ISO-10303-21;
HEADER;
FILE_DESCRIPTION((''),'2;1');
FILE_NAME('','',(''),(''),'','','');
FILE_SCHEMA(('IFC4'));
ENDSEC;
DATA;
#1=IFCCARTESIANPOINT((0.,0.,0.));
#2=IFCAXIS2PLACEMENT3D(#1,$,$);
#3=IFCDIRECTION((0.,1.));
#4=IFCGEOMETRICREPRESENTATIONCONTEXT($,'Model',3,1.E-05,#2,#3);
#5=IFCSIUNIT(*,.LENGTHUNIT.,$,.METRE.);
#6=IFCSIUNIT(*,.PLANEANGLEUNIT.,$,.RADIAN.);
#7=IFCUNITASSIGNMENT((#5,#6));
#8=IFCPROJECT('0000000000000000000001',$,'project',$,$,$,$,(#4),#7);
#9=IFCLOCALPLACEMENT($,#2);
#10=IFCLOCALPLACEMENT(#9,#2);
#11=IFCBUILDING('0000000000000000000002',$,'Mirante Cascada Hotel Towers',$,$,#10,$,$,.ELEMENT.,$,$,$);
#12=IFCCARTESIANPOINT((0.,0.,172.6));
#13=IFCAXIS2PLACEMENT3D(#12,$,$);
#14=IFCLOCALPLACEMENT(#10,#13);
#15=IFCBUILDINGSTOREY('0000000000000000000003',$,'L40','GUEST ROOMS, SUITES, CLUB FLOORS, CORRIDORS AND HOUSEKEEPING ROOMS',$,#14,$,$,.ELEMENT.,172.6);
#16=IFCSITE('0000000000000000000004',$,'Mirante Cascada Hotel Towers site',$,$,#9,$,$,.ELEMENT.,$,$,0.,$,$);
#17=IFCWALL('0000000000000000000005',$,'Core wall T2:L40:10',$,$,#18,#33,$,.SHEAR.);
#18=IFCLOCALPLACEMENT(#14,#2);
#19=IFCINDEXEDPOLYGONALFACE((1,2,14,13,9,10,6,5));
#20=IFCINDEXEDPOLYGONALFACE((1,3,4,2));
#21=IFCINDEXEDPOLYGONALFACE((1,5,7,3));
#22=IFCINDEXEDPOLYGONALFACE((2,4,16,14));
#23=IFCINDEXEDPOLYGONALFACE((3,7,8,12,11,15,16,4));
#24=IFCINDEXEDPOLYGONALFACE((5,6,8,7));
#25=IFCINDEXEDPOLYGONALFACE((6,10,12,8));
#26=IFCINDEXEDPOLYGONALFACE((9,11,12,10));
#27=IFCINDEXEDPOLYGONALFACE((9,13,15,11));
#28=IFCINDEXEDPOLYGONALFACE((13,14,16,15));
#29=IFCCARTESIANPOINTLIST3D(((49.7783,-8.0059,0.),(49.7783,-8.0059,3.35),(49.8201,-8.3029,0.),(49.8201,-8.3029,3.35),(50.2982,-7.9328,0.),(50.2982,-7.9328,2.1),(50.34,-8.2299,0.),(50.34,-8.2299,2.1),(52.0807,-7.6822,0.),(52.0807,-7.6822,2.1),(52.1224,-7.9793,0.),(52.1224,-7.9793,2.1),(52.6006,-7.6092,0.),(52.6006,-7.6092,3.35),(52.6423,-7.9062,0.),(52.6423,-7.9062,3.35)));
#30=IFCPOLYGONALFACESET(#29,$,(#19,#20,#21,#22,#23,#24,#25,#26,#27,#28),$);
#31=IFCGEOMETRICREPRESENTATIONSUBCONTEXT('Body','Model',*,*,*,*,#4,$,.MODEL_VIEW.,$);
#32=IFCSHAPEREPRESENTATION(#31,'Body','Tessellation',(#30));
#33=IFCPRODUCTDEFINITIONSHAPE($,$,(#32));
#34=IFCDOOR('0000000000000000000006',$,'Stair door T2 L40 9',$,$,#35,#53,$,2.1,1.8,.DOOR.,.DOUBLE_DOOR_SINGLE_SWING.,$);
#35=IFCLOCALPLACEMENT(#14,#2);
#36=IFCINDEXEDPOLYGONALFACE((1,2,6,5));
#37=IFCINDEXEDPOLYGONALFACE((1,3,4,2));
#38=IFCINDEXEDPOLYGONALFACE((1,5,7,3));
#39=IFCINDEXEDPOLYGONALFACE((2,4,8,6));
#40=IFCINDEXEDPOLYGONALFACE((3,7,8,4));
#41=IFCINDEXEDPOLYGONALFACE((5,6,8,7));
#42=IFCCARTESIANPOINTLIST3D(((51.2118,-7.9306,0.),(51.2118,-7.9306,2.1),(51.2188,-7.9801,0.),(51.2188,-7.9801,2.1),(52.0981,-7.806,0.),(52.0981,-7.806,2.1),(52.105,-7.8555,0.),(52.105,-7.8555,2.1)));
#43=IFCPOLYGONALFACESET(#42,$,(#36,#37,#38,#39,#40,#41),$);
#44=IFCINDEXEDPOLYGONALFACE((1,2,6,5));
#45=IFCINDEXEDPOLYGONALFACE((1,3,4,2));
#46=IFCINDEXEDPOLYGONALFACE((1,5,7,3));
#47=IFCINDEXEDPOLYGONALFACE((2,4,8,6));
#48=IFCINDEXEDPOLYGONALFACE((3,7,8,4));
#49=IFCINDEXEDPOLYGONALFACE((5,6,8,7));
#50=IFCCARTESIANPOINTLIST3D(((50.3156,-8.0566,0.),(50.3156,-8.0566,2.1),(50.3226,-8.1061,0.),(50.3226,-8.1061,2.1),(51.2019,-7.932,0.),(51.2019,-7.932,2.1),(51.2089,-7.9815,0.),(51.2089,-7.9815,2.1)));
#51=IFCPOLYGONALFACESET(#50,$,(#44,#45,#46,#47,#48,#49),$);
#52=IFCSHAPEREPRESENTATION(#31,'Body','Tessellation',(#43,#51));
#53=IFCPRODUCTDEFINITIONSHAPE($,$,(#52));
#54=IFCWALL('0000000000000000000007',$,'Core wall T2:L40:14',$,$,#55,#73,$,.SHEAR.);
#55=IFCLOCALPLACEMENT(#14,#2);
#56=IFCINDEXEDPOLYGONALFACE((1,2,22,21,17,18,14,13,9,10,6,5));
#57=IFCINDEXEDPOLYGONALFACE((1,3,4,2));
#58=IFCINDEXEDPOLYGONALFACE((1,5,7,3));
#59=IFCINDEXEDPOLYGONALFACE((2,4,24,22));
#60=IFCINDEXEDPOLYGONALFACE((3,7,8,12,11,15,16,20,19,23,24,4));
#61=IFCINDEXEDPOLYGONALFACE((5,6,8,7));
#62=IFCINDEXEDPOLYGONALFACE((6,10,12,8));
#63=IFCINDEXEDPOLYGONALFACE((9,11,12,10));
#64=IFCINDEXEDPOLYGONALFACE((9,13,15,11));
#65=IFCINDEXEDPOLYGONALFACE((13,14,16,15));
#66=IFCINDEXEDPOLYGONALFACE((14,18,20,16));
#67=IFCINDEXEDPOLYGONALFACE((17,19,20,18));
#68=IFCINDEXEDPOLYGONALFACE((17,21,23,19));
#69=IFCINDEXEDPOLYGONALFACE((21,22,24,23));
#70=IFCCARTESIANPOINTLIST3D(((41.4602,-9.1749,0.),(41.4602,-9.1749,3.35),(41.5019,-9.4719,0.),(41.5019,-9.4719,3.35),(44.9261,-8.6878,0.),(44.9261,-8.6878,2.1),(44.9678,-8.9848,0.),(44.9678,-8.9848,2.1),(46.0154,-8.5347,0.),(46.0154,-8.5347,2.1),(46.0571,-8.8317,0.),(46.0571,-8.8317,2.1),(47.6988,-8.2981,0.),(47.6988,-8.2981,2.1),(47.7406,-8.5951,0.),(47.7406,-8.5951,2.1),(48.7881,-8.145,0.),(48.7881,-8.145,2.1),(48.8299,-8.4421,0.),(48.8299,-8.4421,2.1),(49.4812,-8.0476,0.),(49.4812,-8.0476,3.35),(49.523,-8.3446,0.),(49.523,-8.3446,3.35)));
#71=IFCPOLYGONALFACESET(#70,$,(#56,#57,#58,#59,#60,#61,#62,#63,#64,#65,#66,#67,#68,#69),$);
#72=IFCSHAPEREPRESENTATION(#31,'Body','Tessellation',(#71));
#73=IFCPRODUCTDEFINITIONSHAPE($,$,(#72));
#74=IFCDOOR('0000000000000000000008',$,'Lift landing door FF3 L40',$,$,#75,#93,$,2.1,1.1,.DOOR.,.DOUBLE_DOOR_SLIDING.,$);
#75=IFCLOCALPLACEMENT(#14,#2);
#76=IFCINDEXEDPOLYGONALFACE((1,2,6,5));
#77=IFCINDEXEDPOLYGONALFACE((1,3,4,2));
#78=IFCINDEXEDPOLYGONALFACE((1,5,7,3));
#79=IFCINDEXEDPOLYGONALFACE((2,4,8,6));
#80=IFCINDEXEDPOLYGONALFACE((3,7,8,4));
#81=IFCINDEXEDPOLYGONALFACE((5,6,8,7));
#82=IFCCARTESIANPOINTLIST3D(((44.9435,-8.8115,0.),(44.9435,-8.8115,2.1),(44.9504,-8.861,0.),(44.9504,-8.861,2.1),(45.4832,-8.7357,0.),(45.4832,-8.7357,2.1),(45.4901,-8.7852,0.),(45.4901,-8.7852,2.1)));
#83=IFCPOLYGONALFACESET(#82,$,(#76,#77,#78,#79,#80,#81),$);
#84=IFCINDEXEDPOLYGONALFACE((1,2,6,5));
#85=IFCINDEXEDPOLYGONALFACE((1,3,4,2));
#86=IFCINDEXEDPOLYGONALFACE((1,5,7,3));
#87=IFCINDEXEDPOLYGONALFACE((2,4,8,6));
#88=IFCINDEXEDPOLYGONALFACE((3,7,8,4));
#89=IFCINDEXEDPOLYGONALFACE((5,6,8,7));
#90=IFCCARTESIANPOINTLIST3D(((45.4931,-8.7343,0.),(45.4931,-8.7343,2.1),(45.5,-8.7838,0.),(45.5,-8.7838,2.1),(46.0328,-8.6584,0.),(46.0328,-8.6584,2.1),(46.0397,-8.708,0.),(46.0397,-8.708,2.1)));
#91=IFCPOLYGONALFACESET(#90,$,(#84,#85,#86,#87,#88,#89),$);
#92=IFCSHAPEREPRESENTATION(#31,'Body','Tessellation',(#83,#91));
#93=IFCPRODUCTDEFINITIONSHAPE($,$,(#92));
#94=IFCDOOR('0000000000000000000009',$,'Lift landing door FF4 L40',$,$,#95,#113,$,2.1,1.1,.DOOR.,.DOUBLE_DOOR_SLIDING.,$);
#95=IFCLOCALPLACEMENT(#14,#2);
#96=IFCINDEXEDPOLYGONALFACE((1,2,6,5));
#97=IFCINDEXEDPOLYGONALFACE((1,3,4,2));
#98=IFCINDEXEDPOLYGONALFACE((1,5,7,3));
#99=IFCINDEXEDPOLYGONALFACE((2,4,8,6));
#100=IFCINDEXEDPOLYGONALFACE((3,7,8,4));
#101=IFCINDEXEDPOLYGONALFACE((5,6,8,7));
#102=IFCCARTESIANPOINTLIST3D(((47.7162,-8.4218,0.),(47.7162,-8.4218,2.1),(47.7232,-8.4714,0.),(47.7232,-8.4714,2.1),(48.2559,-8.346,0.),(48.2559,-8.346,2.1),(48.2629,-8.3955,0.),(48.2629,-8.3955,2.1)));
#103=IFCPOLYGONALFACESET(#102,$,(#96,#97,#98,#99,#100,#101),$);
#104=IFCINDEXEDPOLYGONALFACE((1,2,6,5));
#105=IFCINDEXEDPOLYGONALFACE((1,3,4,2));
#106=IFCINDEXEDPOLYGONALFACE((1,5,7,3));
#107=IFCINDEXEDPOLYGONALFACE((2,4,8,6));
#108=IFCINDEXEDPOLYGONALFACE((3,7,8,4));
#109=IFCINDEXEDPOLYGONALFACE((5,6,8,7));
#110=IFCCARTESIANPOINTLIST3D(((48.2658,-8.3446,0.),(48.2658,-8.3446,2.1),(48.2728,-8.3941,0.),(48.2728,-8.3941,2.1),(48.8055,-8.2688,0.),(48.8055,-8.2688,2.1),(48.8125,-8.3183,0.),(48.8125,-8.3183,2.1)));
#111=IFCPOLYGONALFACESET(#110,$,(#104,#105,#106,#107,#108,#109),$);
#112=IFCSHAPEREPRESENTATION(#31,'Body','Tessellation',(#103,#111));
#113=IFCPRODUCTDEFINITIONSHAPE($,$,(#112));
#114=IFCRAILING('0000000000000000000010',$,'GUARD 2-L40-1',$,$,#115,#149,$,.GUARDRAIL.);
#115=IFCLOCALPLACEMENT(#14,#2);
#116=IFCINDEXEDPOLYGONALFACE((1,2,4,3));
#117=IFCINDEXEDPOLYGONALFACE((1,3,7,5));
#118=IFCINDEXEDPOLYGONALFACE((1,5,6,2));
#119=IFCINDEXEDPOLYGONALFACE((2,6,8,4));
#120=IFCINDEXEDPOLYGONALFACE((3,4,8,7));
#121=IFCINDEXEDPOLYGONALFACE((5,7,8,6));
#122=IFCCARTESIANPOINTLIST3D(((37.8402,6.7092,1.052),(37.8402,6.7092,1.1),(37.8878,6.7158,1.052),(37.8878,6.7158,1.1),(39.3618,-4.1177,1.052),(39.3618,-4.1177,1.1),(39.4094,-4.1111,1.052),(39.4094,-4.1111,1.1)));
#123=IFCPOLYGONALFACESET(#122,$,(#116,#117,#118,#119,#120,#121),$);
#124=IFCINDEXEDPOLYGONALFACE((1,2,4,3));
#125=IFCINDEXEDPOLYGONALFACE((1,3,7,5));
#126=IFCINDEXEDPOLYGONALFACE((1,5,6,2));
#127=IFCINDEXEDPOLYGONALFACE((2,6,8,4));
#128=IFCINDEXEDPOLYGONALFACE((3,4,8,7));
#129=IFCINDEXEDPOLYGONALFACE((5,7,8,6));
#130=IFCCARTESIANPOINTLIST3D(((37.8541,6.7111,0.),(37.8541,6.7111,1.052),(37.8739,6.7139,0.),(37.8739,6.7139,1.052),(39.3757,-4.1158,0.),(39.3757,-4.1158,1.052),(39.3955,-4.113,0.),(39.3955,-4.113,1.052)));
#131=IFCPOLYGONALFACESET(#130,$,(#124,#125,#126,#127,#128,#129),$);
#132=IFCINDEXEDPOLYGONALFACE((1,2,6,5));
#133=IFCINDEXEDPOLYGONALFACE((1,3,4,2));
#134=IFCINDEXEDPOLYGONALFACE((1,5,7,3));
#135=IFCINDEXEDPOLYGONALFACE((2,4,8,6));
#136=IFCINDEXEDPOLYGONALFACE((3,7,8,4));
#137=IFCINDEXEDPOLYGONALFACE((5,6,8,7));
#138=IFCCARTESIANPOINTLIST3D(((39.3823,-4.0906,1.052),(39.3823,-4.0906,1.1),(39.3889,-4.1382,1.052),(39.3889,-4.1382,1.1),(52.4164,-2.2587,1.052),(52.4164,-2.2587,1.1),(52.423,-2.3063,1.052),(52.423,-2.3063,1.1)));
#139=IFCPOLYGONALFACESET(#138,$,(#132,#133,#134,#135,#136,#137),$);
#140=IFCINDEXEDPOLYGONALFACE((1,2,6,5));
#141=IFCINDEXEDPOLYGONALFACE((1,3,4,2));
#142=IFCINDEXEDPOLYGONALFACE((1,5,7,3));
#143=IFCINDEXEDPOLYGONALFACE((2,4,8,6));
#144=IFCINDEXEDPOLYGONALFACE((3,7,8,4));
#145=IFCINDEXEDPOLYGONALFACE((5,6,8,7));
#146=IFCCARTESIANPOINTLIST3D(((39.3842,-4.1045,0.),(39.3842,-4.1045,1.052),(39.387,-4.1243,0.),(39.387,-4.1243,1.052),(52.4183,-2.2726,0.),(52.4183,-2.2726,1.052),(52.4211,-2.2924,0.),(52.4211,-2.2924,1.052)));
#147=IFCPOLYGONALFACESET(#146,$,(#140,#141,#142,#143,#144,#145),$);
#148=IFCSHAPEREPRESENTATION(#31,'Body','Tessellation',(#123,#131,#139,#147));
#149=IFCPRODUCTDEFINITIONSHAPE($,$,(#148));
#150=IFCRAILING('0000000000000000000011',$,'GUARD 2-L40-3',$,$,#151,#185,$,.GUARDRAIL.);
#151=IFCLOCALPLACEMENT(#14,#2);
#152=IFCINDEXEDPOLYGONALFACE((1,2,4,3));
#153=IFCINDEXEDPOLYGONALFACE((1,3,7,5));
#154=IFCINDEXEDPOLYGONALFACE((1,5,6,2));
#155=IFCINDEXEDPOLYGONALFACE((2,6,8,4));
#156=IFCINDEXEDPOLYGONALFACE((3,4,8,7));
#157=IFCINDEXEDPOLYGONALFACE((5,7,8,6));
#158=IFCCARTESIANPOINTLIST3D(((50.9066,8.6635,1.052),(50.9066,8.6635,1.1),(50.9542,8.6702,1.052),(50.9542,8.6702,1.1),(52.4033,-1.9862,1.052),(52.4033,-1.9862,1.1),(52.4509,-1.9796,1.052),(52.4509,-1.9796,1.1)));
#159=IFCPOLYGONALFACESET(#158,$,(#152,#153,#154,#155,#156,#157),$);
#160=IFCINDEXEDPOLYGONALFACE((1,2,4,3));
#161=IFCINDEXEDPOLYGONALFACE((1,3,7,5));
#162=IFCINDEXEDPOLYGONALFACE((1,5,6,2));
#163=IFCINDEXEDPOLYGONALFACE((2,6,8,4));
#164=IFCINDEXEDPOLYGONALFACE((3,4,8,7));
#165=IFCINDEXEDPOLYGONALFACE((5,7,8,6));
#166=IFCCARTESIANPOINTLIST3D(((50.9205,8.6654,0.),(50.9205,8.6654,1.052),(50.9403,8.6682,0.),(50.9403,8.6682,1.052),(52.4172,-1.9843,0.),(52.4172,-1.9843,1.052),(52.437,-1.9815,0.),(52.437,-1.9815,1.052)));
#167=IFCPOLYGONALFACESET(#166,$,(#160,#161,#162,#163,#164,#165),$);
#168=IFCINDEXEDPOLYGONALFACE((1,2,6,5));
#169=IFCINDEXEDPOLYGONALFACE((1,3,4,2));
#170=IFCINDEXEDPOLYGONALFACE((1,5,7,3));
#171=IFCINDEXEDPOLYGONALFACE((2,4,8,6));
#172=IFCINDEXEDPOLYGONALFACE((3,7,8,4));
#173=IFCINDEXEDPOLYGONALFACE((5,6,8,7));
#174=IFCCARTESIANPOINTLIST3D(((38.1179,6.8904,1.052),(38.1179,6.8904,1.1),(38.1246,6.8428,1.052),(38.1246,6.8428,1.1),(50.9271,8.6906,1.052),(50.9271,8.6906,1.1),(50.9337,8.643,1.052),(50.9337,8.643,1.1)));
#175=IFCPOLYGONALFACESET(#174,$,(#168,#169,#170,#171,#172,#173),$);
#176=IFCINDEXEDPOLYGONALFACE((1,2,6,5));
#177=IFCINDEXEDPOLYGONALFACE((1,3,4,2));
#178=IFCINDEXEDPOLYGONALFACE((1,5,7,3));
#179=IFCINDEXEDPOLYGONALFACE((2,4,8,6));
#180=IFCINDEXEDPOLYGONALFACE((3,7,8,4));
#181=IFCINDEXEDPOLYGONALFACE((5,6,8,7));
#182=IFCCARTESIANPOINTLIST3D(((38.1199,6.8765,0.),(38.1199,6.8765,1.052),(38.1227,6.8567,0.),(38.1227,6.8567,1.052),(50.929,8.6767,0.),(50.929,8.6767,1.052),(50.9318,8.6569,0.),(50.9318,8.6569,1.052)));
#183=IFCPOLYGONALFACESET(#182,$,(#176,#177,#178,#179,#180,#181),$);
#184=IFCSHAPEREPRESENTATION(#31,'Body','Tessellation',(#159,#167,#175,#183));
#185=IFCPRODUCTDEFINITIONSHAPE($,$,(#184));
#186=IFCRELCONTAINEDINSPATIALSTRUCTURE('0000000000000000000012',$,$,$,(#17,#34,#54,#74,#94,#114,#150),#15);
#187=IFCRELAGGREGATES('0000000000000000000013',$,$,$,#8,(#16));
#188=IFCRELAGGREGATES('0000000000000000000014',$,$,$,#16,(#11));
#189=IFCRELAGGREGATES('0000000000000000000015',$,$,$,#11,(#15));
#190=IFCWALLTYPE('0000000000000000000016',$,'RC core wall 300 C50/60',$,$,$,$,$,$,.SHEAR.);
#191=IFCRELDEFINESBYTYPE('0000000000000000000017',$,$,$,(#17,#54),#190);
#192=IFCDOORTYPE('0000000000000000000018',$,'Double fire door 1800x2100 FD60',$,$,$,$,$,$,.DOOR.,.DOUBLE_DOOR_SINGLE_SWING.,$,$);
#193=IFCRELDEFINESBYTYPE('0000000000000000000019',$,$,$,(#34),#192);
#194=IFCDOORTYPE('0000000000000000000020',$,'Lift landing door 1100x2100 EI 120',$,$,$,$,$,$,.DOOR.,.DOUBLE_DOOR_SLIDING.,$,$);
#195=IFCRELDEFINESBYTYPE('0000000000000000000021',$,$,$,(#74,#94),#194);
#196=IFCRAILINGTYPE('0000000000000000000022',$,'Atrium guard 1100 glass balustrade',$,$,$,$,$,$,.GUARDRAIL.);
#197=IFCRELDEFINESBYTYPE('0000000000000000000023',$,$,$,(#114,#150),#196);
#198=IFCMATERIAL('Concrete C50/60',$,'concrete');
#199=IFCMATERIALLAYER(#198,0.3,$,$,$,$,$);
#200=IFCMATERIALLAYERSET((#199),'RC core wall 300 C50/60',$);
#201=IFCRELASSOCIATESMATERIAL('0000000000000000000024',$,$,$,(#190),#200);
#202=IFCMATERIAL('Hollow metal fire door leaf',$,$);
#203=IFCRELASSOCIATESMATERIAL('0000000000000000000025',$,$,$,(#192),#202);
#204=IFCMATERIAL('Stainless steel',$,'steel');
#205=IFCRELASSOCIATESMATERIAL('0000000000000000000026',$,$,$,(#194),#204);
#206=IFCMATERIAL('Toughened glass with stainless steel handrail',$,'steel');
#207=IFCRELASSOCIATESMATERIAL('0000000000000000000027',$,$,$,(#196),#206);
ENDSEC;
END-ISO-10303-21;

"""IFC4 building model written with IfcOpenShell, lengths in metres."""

from ifc_helpers import new_model, si_unit, direction, frame, frame_2d, origin, origin_2d, place, context, subcontext, project, spatial, rectangle, extrude, material, layer, layer_set, type_object, element, fill, save


model = new_model("IFC4")

# Units and contexts
model_context = context("Model", 3, precision=1e-05, world=origin(), true_north=direction((0.0, 1.0)))
body_context = subcontext(model_context, "Body", "Model", "MODEL_VIEW")
ifc_project = project(units=[si_unit("LENGTHUNIT", "METRE"), si_unit("PLANEANGLEUNIT", "RADIAN")], contexts=[model_context])

# Site, building, storey
site_placement = place(None, origin())
site = spatial("IfcSite", under=ifc_project, at=site_placement, Name="Mirante Cascada Hotel Towers site", CompositionType="ELEMENT", RefElevation=0.0)
building_placement = place(site_placement, origin())
building = spatial("IfcBuilding", under=site, at=building_placement, Name="Mirante Cascada Hotel Towers", CompositionType="ELEMENT")
storey_placement = place(building_placement, frame((0.0, 0.0, 172.6)))
storey = spatial("IfcBuildingStorey", under=building, at=storey_placement, Name="L40", Description="GUEST ROOMS, SUITES, CLUB FLOORS, CORRIDORS AND HOUSEKEEPING ROOMS", CompositionType="ELEMENT", Elevation=172.6)

# Wall, opening, door
ifc_material_1 = material(Name="Concrete C50/60", Category="concrete")
ifc_layer_1 = layer(ifc_material_1, 0.3)
ifc_layer_set_1 = layer_set([ifc_layer_1], Name="RC core wall 300 C50/60")
wall_type_1 = type_object("IfcWallType", Name="RC core wall 300 C50/60", PredefinedType="SHEAR", material=ifc_layer_set_1)
wall_1_placement = place(storey_placement, frame((49.7992, -8.1544, 0.0), z_axis=(0.0, 0.0, 1.0), x_axis=(0.990266, 0.139191, 0.0)))
wall_1 = element("IfcWall", 1, at=wall_1_placement, inside=storey, type_object=wall_type_1, Name="Core wall T2:L40:10", PredefinedType="SHEAR", context=body_context, shape_type="SweptSolid", body=[
    extrude(rectangle(XDim=2.85, YDim=0.3, at=frame_2d((1.425, 0.0))), origin(), (0.0, 0.0, 1.0), 3.35),
])
opening_1_placement = place(wall_1_placement, frame((0.525, 0.0, 0.0)))
opening_1 = element("IfcOpeningElement", 2, at=opening_1_placement, cuts=wall_1, PredefinedType="OPENING", context=body_context, shape_type="SweptSolid", body=[
    extrude(rectangle(XDim=1.8, YDim=2.1, at=frame_2d((0.9, 1.05))), frame((0.0, 0.15, 0.0), z_axis=(0.0, -1.0, 0.0), x_axis=(1.0, 0.0, 0.0)), (0.0, 0.0, 1.0), 0.3),
])
ifc_material_2 = material(Name="Hollow metal fire door leaf")
door_type_1 = type_object("IfcDoorType", Name="Double fire door 1800x2100 FD60", OperationType="DOUBLE_DOOR_SINGLE_SWING", PredefinedType="DOOR", material=ifc_material_2)
door_1_placement = place(opening_1_placement, frame((1.8, 0.0, 0.0), z_axis=(0.0, 0.0, 1.0), x_axis=(-1.0, 0.0, 0.0)))
door_1 = element("IfcDoor", 3, at=door_1_placement, inside=storey, type_object=door_type_1, Name="Stair door T2 L40 9", OperationType="DOUBLE_DOOR_SINGLE_SWING", OverallHeight=2.1, OverallWidth=1.8, PredefinedType="DOOR", context=body_context, shape_type="SweptSolid", body=[
    extrude(rectangle(XDim=0.895, YDim=2.1, at=frame_2d((0.4475, 1.05))), frame((0.0, 0.025, 0.0), z_axis=(0.0, -1.0, 0.0), x_axis=(1.0, 0.0, 0.0)), (0.0, 0.0, 1.0), 0.05),
    extrude(rectangle(XDim=0.895, YDim=2.1, at=frame_2d((1.3525, 1.05))), frame((0.0, 0.025, 0.0), z_axis=(0.0, -1.0, 0.0), x_axis=(1.0, 0.0, 0.0)), (0.0, 0.0, 1.0), 0.05),
])
fill(opening_1, door_1)

# Wall, openings, doors
wall_2_placement = place(storey_placement, frame((41.481, -9.3234, 0.0), z_axis=(0.0, 0.0, 1.0), x_axis=(0.990268, 0.139174, 0.0)))
wall_2 = element("IfcWall", 4, at=wall_2_placement, inside=storey, type_object=wall_type_1, Name="Core wall T2:L40:14", PredefinedType="SHEAR", context=body_context, shape_type="SweptSolid", body=[
    extrude(rectangle(XDim=8.0999, YDim=0.3, at=frame_2d((4.05, 0.0))), origin(), (0.0, 0.0, 1.0), 3.35),
])
opening_2_placement = place(wall_2_placement, frame((3.5, 0.0, 0.0)))
opening_2 = element("IfcOpeningElement", 5, at=opening_2_placement, cuts=wall_2, PredefinedType="OPENING", context=body_context, shape_type="SweptSolid", body=[
    extrude(rectangle(XDim=1.1, YDim=2.1, at=frame_2d((0.55, 1.05))), frame((0.0, 0.15, 0.0), z_axis=(0.0, -1.0, 0.0), x_axis=(1.0, 0.0, 0.0)), (0.0, 0.0, 1.0), 0.3),
])
opening_3_placement = place(wall_2_placement, frame((6.3, 0.0, 0.0)))
opening_3 = element("IfcOpeningElement", 6, at=opening_3_placement, cuts=wall_2, PredefinedType="OPENING", context=body_context, shape_type="SweptSolid", body=[
    extrude(rectangle(XDim=1.1, YDim=2.1, at=frame_2d((0.55, 1.05))), frame((0.0, 0.15, 0.0), z_axis=(0.0, -1.0, 0.0), x_axis=(1.0, 0.0, 0.0)), (0.0, 0.0, 1.0), 0.3),
])
ifc_material_3 = material(Name="Stainless steel", Category="steel")
door_type_2 = type_object("IfcDoorType", Name="Lift landing door 1100x2100 EI 120", OperationType="DOUBLE_DOOR_SLIDING", PredefinedType="DOOR", material=ifc_material_3)
door_2_placement = place(opening_2_placement, origin())
door_2 = element("IfcDoor", 7, at=door_2_placement, inside=storey, type_object=door_type_2, Name="Lift landing door FF3 L40", OperationType="DOUBLE_DOOR_SLIDING", OverallHeight=2.1, OverallWidth=1.1, PredefinedType="DOOR", context=body_context, shape_type="SweptSolid", body=[
    extrude(rectangle(XDim=0.545, YDim=2.1, at=frame_2d((0.2725, 1.05))), frame((0.0, 0.025, 0.0), z_axis=(0.0, -1.0, 0.0), x_axis=(1.0, 0.0, 0.0)), (0.0, 0.0, 1.0), 0.05),
    extrude(rectangle(XDim=0.545, YDim=2.1, at=frame_2d((0.8275, 1.05))), frame((0.0, 0.025, 0.0), z_axis=(0.0, -1.0, 0.0), x_axis=(1.0, 0.0, 0.0)), (0.0, 0.0, 1.0), 0.05),
])
fill(opening_2, door_2)
door_3_placement = place(opening_3_placement, origin())
door_3 = element("IfcDoor", 8, at=door_3_placement, inside=storey, type_object=door_type_2, Name="Lift landing door FF4 L40", OperationType="DOUBLE_DOOR_SLIDING", OverallHeight=2.1, OverallWidth=1.1, PredefinedType="DOOR", context=body_context, shape_type="SweptSolid", body=[
    extrude(rectangle(XDim=0.545, YDim=2.1, at=frame_2d((0.2725, 1.05))), frame((0.0, 0.025, 0.0), z_axis=(0.0, -1.0, 0.0), x_axis=(1.0, 0.0, 0.0)), (0.0, 0.0, 1.0), 0.05),
    extrude(rectangle(XDim=0.545, YDim=2.1, at=frame_2d((0.8275, 1.05))), frame((0.0, 0.025, 0.0), z_axis=(0.0, -1.0, 0.0), x_axis=(1.0, 0.0, 0.0)), (0.0, 0.0, 1.0), 0.05),
])
fill(opening_3, door_3)

# Railings
ifc_material_4 = material(Name="Toughened glass with stainless steel handrail", Category="steel")
railing_type_1 = type_object("IfcRailingType", Name="Atrium guard 1100 glass balustrade", PredefinedType="GUARDRAIL", material=ifc_material_4)
railing_1_placement = place(storey_placement, frame((37.864, 6.7125, 0.0)))
element("IfcRailing", 9, at=railing_1_placement, inside=storey, type_object=railing_type_1, Name="GUARD 2-L40-1", PredefinedType="GUARDRAIL", context=body_context, shape_type="SweptSolid", body=[
    extrude(rectangle(XDim=0.048, YDim=0.048, at=origin_2d()), frame((0.0, 0.0, 1.076), z_axis=(0.139171, -0.990268, 0.0), x_axis=(0.990268, 0.139171, 0.0)), (0.0, 0.0, 1.0), 10.9333),
    extrude(rectangle(XDim=0.02, YDim=1.052, at=origin_2d()), frame((0.0, 0.0, 0.526), z_axis=(0.139171, -0.990268, 0.0), x_axis=(0.990268, 0.139171, 0.0)), (0.0, 0.0, 1.0), 10.9333),
    extrude(rectangle(XDim=0.048, YDim=0.048, at=origin_2d()), frame((1.5216, -10.8269, 1.076), z_axis=(0.990267, 0.139179, 0.0), x_axis=(-0.139179, 0.990267, 0.0)), (0.0, 0.0, 1.0), 13.1622),
    extrude(rectangle(XDim=0.02, YDim=1.052, at=origin_2d()), frame((1.5216, -10.8269, 0.526), z_axis=(0.990267, 0.139179, 0.0), x_axis=(-0.139179, 0.990267, 0.0)), (0.0, 0.0, 1.0), 13.1622),
])
railing_2_placement = place(storey_placement, frame((52.4271, -1.9829, 0.0)))
element("IfcRailing", 10, at=railing_2_placement, inside=storey, type_object=railing_type_1, Name="GUARD 2-L40-3", PredefinedType="GUARDRAIL", context=body_context, shape_type="SweptSolid", body=[
    extrude(rectangle(XDim=0.048, YDim=0.048, at=origin_2d()), frame((0.0, 0.0, 1.076), z_axis=(-0.139172, 0.990268, 0.0), x_axis=(-0.990268, -0.139172, 0.0)), (0.0, 0.0, 1.0), 10.7544),
    extrude(rectangle(XDim=0.02, YDim=1.052, at=origin_2d()), frame((0.0, 0.0, 0.526), z_axis=(-0.139172, 0.990268, 0.0), x_axis=(-0.990268, -0.139172, 0.0)), (0.0, 0.0, 1.0), 10.7544),
    extrude(rectangle(XDim=0.048, YDim=0.048, at=origin_2d()), frame((-1.4967, 10.6497, 1.076), z_axis=(-0.990268, -0.139173, 0.0), x_axis=(0.139173, -0.990268, 0.0)), (0.0, 0.0, 1.0), 12.935),
    extrude(rectangle(XDim=0.02, YDim=1.052, at=origin_2d()), frame((-1.4967, 10.6497, 0.526), z_axis=(-0.990268, -0.139173, 0.0), x_axis=(0.139173, -0.990268, 0.0)), (0.0, 0.0, 1.0), 12.935),
])

save(model, "model.ifc")
